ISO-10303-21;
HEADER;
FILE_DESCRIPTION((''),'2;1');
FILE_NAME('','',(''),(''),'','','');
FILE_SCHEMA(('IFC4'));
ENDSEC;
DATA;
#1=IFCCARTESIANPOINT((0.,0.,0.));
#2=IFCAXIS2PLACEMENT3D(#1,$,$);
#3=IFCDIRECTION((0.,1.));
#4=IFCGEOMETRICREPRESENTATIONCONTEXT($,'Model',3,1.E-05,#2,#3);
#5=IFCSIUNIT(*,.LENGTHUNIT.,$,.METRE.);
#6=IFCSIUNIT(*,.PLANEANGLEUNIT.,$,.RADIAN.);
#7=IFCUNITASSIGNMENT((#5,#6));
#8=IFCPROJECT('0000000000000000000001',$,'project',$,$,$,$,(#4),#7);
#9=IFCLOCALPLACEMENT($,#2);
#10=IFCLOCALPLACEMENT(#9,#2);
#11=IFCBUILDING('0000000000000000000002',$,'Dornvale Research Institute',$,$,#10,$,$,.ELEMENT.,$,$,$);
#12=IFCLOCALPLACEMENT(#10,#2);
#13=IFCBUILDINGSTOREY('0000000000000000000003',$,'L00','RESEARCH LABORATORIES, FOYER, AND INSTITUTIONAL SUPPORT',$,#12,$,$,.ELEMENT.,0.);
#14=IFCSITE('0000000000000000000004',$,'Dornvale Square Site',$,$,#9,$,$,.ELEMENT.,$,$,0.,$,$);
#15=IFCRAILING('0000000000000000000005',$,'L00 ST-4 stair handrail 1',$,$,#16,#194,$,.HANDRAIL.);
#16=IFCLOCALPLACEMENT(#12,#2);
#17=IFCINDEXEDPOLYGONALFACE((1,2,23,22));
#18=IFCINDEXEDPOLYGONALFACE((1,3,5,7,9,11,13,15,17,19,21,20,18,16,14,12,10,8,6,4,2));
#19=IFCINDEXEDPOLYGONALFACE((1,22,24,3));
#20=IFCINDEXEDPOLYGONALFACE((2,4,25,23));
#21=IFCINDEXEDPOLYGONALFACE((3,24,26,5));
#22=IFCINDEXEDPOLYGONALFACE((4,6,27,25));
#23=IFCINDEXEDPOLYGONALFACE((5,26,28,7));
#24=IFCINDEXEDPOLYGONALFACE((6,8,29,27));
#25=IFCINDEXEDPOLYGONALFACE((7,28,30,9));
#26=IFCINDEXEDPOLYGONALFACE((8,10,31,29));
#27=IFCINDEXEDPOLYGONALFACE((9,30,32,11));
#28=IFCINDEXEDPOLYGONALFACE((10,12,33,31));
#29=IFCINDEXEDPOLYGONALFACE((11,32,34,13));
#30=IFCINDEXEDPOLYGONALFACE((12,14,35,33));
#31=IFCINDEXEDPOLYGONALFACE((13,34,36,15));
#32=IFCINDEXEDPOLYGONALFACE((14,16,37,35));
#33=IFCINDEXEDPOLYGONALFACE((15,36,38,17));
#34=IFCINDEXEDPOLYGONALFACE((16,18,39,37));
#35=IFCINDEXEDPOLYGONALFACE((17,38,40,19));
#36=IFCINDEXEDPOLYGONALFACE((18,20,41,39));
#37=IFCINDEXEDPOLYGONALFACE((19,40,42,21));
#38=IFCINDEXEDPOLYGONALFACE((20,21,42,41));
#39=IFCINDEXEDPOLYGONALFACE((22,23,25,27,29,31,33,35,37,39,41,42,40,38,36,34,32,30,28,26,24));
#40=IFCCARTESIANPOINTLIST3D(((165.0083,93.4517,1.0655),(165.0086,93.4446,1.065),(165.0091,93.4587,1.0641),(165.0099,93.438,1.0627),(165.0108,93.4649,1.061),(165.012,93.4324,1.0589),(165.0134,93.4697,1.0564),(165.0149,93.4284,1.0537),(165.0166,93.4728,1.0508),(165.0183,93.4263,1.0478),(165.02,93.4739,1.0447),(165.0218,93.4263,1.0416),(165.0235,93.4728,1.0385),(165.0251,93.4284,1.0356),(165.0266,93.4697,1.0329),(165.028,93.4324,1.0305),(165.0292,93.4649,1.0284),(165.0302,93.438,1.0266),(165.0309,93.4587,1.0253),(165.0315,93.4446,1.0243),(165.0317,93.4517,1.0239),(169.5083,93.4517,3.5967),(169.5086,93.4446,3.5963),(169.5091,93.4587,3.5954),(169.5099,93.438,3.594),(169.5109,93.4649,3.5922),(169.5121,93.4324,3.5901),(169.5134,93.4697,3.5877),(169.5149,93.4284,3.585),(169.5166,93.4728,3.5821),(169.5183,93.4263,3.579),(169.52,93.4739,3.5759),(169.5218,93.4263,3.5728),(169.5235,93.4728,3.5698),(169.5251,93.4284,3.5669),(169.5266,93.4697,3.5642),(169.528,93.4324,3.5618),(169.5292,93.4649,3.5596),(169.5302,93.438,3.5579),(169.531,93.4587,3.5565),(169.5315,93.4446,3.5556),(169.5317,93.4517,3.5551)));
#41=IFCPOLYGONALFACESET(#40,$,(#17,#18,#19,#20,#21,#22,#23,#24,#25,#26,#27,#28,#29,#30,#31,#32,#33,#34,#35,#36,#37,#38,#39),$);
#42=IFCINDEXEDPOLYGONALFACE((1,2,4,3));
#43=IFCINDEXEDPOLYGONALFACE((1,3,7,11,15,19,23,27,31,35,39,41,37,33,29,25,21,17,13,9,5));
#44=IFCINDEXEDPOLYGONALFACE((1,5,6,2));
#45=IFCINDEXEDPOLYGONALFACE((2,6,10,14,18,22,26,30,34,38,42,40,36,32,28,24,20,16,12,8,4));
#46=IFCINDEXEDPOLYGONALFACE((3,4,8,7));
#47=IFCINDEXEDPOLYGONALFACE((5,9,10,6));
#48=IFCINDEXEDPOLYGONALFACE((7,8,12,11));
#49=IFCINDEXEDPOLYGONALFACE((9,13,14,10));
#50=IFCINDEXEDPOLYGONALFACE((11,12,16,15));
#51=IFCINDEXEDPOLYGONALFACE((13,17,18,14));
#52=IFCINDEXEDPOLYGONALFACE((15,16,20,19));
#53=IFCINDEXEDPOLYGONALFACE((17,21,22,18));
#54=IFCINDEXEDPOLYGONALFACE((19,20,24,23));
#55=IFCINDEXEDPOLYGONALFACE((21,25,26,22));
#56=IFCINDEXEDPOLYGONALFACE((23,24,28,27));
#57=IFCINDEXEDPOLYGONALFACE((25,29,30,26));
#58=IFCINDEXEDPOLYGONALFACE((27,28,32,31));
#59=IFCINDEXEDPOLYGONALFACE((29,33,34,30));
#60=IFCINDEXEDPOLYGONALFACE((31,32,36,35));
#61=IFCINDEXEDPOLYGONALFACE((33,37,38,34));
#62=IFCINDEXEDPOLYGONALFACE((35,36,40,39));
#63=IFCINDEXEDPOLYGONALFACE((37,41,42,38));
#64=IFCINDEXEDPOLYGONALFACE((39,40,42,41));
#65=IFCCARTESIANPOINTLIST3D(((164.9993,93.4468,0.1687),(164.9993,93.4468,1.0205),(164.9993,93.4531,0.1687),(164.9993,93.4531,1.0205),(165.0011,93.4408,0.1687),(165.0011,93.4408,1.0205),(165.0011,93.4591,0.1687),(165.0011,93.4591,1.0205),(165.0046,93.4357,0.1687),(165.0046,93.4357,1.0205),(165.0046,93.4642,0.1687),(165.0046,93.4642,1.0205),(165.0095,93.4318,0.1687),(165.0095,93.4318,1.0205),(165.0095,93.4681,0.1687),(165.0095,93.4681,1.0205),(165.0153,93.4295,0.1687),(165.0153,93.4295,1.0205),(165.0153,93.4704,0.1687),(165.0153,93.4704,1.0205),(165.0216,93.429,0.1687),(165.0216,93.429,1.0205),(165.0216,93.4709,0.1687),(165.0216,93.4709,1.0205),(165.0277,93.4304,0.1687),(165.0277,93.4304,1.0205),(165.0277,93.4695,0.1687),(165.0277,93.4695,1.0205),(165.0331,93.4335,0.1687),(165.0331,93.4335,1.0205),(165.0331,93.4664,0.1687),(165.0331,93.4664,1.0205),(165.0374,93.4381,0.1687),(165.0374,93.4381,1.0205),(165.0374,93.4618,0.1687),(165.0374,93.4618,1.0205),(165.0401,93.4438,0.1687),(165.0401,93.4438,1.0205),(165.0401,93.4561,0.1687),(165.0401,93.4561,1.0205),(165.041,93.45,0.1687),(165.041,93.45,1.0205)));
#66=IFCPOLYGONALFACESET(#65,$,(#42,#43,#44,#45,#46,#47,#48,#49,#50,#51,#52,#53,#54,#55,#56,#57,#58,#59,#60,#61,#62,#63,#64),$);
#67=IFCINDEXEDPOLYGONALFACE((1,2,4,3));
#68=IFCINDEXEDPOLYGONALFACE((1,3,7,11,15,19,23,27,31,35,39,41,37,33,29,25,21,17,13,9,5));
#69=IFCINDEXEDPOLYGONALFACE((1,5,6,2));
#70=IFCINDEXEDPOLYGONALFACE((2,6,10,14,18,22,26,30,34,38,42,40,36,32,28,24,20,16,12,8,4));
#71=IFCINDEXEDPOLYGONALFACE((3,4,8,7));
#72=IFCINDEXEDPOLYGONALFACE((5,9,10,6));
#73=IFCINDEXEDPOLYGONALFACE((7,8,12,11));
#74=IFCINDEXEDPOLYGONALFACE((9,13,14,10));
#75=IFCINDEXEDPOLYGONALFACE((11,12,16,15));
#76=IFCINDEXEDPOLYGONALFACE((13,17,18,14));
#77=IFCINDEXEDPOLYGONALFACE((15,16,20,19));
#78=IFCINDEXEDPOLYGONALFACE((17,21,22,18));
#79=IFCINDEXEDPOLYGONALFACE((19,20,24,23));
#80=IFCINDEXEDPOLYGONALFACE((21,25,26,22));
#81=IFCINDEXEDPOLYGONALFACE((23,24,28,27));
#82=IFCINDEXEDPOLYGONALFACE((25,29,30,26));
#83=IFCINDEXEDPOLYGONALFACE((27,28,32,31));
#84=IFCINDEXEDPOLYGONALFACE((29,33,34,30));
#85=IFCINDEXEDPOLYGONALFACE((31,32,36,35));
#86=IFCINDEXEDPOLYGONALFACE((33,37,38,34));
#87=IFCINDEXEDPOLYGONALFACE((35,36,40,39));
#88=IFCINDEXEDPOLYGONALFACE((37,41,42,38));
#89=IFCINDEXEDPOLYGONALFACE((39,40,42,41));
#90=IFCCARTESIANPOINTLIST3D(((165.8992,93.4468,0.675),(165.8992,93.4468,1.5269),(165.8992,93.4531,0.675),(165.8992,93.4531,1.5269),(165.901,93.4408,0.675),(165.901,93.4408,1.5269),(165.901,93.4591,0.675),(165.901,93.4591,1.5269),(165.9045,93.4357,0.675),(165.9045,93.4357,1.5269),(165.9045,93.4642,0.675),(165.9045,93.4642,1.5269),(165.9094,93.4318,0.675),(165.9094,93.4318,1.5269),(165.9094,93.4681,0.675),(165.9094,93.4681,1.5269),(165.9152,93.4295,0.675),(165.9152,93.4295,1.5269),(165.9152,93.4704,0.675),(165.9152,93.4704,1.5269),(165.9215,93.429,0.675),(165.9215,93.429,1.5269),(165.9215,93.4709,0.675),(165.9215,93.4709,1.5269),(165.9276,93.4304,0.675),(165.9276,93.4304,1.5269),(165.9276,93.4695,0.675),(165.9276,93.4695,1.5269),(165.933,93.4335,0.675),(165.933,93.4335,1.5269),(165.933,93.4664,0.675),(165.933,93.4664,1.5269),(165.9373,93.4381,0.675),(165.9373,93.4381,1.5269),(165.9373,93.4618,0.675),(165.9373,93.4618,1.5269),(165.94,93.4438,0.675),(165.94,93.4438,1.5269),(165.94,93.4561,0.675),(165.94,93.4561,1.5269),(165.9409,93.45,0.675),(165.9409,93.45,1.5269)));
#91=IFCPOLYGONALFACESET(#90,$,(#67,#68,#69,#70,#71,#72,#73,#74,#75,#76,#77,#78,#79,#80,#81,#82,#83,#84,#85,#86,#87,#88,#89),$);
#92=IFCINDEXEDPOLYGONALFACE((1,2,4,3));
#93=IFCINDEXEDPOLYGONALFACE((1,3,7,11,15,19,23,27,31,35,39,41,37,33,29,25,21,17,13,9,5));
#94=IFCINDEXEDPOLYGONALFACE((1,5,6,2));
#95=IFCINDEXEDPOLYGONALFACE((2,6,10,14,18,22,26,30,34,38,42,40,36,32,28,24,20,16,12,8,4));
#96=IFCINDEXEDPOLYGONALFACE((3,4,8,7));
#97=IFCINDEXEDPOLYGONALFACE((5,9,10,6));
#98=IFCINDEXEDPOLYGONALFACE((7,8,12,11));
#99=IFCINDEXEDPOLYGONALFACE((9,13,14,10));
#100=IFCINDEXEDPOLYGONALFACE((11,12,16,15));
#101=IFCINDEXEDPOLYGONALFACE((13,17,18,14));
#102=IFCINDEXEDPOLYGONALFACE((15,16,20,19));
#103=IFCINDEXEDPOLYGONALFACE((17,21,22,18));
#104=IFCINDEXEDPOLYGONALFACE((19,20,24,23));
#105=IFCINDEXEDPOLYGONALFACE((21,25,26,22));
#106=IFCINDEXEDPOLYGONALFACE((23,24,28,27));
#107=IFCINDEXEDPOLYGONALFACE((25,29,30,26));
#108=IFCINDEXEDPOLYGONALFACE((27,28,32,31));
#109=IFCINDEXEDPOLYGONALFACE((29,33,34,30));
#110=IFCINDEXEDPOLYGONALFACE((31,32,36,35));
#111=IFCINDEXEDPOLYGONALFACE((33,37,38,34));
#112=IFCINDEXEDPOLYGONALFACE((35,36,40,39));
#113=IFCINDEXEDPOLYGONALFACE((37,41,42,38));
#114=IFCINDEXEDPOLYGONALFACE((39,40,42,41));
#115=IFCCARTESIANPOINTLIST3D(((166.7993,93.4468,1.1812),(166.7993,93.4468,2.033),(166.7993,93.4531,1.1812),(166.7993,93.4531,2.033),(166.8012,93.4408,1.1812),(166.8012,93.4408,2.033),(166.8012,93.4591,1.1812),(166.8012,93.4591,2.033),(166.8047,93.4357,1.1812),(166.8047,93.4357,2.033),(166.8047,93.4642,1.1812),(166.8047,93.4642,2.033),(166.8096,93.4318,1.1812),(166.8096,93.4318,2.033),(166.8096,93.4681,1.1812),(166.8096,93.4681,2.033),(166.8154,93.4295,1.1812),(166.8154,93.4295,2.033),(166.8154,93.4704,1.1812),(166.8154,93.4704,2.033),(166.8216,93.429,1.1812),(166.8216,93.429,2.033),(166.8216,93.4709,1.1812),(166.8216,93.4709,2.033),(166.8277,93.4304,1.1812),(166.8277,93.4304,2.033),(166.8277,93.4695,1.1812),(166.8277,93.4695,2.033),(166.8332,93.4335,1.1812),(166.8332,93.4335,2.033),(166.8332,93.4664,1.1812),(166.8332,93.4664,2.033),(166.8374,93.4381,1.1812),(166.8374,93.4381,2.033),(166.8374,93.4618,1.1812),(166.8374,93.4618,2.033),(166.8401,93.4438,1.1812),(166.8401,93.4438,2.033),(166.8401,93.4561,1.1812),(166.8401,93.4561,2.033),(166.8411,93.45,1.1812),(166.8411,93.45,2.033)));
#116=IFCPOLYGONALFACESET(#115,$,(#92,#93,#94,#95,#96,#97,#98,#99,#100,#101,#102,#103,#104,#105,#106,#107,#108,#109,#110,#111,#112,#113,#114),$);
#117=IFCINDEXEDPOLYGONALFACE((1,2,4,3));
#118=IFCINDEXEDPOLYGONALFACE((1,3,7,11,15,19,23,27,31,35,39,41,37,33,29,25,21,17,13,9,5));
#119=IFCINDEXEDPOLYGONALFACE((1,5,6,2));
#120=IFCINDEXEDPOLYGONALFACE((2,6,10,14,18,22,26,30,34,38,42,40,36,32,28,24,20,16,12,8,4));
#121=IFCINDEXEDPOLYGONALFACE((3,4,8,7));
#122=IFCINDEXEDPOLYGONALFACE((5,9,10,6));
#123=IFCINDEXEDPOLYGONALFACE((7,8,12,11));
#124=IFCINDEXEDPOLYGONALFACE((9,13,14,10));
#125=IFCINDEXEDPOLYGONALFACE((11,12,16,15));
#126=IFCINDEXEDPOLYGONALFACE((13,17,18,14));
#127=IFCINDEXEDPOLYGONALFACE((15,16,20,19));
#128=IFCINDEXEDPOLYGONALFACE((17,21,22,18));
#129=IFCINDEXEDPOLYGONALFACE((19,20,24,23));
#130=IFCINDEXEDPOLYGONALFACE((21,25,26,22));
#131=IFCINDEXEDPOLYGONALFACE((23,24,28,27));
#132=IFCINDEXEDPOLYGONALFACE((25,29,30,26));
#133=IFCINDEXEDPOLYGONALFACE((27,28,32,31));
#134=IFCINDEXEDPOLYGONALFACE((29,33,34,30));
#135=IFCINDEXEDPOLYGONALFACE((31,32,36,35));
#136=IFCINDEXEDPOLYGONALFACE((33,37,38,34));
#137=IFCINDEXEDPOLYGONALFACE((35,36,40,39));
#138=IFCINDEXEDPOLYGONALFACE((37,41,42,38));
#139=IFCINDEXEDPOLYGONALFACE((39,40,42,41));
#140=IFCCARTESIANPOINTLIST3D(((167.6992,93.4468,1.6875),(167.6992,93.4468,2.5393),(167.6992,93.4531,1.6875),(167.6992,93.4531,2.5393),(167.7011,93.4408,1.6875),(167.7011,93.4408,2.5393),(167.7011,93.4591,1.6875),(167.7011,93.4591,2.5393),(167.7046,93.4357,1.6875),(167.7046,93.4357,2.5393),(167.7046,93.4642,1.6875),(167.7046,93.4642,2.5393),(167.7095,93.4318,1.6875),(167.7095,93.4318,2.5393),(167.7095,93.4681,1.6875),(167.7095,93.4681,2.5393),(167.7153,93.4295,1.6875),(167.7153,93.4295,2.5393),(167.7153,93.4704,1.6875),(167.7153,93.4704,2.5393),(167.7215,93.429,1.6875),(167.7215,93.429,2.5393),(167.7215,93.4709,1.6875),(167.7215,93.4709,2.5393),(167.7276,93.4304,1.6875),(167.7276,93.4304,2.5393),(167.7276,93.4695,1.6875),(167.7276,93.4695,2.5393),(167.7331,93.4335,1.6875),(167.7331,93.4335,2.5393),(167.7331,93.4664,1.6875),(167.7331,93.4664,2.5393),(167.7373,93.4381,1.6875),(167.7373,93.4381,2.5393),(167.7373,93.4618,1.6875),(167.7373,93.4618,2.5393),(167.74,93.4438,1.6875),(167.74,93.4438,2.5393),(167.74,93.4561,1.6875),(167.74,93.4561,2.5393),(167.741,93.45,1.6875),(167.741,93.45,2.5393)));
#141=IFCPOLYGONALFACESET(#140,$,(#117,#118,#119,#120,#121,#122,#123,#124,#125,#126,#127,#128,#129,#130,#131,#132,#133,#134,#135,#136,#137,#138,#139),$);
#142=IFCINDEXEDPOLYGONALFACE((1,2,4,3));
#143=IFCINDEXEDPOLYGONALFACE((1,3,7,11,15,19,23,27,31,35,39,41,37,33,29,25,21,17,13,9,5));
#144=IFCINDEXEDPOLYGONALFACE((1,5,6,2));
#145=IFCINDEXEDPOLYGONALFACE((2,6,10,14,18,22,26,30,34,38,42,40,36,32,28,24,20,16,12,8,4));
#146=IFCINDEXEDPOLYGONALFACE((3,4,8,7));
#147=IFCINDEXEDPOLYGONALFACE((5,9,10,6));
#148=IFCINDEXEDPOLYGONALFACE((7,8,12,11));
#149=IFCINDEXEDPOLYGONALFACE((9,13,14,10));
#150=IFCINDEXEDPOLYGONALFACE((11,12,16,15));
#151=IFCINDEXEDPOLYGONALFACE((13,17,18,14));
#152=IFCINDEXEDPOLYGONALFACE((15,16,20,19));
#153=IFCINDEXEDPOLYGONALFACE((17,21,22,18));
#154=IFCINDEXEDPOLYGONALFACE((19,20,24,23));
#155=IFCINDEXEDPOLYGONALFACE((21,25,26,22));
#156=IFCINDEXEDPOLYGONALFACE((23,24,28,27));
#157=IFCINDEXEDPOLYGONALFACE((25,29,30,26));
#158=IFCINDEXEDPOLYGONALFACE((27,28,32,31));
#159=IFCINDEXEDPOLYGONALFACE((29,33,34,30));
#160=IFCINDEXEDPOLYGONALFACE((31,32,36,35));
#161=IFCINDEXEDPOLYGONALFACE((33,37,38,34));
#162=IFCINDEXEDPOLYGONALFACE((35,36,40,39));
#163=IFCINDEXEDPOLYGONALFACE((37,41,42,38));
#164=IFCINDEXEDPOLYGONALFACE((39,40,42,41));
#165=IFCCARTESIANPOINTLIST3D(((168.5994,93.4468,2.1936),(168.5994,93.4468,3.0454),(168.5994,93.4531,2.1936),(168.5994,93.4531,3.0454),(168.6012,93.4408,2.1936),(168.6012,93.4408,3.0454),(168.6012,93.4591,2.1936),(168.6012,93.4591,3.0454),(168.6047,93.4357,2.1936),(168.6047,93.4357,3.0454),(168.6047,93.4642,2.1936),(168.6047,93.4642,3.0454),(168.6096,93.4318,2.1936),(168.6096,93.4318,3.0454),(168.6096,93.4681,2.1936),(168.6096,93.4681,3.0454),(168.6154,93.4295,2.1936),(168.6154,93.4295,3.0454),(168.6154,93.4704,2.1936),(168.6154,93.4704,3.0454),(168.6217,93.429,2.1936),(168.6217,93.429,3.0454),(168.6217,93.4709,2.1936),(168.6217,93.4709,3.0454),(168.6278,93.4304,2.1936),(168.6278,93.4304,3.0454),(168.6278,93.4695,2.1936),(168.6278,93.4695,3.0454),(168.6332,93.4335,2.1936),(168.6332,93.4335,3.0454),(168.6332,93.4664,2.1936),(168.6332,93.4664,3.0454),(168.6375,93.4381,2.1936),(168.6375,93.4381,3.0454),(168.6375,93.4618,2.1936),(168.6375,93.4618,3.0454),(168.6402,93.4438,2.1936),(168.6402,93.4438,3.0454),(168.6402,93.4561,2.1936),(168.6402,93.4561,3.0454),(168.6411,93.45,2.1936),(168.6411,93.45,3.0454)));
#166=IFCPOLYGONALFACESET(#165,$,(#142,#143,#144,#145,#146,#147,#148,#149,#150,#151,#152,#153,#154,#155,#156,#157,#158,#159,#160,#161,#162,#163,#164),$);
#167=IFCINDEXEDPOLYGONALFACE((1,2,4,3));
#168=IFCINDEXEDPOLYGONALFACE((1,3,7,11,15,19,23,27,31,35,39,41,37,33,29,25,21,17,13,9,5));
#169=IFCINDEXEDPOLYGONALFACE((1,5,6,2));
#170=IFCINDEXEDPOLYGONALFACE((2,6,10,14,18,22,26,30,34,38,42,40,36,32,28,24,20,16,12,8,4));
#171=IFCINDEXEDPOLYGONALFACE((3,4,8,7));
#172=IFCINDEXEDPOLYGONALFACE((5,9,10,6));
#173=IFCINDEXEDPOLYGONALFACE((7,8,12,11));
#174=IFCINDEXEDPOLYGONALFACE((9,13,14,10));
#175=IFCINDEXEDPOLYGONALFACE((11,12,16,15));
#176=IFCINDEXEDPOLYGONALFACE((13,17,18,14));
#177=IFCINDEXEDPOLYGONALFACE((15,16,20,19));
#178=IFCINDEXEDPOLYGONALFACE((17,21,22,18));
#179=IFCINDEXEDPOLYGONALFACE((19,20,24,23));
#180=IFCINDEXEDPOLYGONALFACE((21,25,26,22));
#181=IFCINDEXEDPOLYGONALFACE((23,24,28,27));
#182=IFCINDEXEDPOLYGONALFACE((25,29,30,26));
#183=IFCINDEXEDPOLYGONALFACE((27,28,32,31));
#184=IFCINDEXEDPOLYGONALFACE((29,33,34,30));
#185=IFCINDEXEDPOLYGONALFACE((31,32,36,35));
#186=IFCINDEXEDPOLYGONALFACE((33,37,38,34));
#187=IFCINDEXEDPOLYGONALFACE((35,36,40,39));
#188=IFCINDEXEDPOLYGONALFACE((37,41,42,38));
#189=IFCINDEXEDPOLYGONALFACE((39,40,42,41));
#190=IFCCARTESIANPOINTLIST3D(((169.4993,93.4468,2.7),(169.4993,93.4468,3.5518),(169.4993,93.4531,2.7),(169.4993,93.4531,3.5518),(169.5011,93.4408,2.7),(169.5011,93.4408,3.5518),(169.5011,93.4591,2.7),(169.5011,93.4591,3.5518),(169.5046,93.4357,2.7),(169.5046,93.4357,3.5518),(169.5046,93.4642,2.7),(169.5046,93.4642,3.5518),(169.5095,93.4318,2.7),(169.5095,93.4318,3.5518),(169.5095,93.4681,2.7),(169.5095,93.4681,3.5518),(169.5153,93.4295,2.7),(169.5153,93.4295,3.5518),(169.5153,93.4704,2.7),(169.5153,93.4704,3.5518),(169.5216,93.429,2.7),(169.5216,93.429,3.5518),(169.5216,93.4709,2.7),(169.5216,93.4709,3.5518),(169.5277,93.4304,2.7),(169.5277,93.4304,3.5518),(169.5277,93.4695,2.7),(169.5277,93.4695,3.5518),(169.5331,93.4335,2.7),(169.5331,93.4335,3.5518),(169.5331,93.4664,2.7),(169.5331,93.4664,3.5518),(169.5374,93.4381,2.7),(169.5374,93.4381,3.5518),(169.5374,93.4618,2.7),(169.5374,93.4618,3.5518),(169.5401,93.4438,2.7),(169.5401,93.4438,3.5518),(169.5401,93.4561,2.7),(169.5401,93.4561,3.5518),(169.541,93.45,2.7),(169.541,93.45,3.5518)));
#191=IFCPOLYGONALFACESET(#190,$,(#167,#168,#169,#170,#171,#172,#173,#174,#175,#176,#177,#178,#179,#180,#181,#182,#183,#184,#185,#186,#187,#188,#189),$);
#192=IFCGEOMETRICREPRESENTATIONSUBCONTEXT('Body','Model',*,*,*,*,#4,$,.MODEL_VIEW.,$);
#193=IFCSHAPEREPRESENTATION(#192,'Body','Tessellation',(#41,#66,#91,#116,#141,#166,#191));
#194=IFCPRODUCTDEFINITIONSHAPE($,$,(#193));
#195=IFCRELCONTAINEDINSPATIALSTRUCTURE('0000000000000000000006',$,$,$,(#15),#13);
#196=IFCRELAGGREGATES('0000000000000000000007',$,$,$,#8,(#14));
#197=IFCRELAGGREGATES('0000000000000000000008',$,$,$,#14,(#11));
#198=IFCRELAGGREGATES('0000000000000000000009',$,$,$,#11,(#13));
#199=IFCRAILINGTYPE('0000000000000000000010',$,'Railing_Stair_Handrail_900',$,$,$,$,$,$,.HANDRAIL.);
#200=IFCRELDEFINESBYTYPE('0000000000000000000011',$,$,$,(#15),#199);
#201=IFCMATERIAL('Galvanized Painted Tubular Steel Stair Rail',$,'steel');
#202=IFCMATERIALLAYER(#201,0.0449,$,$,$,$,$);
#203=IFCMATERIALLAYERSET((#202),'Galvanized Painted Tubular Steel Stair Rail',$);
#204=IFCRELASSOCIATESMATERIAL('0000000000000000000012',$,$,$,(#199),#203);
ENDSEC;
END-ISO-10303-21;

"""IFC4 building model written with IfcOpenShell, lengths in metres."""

from ifc_helpers import new_model, si_unit, direction, frame, origin, origin_2d, place, context, subcontext, project, spatial, circle, extrude, material, layer, layer_set, type_object, element, save


model = new_model("IFC4")

# Units and contexts
model_context = context("Model", 3, precision=1e-05, world=origin(), true_north=direction((0.0, 1.0)))
body_context = subcontext(model_context, "Body", "Model", "MODEL_VIEW")
ifc_project = project(units=[si_unit("LENGTHUNIT", "METRE"), si_unit("PLANEANGLEUNIT", "RADIAN")], contexts=[model_context])

# Site, building, storey
site_placement = place(None, origin())
site = spatial("IfcSite", under=ifc_project, at=site_placement, Name="Dornvale Square Site", CompositionType="ELEMENT", RefElevation=0.0)
building_placement = place(site_placement, origin())
building = spatial("IfcBuilding", under=site, at=building_placement, Name="Dornvale Research Institute", CompositionType="ELEMENT")
storey_placement = place(building_placement, origin())
storey = spatial("IfcBuildingStorey", under=building, at=storey_placement, Name="L00", Description="RESEARCH LABORATORIES, FOYER, AND INSTITUTIONAL SUPPORT", CompositionType="ELEMENT", Elevation=0.0)

# Railing
ifc_material_1 = material(Name="Galvanized Painted Tubular Steel Stair Rail", Category="steel")
ifc_layer_1 = layer(ifc_material_1, 0.0449)
ifc_layer_set_1 = layer_set([ifc_layer_1], Name="Galvanized Painted Tubular Steel Stair Rail")
railing_type_1 = type_object("IfcRailingType", Name="Railing_Stair_Handrail_900", PredefinedType="HANDRAIL", material=ifc_layer_set_1)
railing_1_placement = place(storey_placement, frame((165.02, 93.45, 0.1687)))
element("IfcRailing", 1, at=railing_1_placement, inside=storey, type_object=railing_type_1, Name="L00 ST-4 stair handrail 1", PredefinedType="HANDRAIL", context=body_context, shape_type="SweptSolid", body=[
    extrude(circle(Radius=0.0239, at=origin_2d()), frame((0.0, 0.0, 0.876), z_axis=(0.871576, 0.0, 0.490261), x_axis=(0.0, 1.0, 0.0)), (0.0, 0.0, 1.0), 5.1631),
    extrude(circle(Radius=0.021, at=origin_2d()), origin(), (0.0, 0.0, 1.0), 0.8518),
    extrude(circle(Radius=0.021, at=origin_2d()), frame((0.8999, 0.0, 0.5063)), (0.0, 0.0, 1.0), 0.8518),
    extrude(circle(Radius=0.021, at=origin_2d()), frame((1.8, 0.0, 1.0125)), (0.0, 0.0, 1.0), 0.8518),
    extrude(circle(Radius=0.021, at=origin_2d()), frame((2.7, 0.0, 1.5188)), (0.0, 0.0, 1.0), 0.8518),
    extrude(circle(Radius=0.021, at=origin_2d()), frame((3.6001, 0.0, 2.0249)), (0.0, 0.0, 1.0), 0.8518),
    extrude(circle(Radius=0.021, at=origin_2d()), frame((4.5, 0.0, 2.5312)), (0.0, 0.0, 1.0), 0.8518),
])

save(model, "model.ifc")
